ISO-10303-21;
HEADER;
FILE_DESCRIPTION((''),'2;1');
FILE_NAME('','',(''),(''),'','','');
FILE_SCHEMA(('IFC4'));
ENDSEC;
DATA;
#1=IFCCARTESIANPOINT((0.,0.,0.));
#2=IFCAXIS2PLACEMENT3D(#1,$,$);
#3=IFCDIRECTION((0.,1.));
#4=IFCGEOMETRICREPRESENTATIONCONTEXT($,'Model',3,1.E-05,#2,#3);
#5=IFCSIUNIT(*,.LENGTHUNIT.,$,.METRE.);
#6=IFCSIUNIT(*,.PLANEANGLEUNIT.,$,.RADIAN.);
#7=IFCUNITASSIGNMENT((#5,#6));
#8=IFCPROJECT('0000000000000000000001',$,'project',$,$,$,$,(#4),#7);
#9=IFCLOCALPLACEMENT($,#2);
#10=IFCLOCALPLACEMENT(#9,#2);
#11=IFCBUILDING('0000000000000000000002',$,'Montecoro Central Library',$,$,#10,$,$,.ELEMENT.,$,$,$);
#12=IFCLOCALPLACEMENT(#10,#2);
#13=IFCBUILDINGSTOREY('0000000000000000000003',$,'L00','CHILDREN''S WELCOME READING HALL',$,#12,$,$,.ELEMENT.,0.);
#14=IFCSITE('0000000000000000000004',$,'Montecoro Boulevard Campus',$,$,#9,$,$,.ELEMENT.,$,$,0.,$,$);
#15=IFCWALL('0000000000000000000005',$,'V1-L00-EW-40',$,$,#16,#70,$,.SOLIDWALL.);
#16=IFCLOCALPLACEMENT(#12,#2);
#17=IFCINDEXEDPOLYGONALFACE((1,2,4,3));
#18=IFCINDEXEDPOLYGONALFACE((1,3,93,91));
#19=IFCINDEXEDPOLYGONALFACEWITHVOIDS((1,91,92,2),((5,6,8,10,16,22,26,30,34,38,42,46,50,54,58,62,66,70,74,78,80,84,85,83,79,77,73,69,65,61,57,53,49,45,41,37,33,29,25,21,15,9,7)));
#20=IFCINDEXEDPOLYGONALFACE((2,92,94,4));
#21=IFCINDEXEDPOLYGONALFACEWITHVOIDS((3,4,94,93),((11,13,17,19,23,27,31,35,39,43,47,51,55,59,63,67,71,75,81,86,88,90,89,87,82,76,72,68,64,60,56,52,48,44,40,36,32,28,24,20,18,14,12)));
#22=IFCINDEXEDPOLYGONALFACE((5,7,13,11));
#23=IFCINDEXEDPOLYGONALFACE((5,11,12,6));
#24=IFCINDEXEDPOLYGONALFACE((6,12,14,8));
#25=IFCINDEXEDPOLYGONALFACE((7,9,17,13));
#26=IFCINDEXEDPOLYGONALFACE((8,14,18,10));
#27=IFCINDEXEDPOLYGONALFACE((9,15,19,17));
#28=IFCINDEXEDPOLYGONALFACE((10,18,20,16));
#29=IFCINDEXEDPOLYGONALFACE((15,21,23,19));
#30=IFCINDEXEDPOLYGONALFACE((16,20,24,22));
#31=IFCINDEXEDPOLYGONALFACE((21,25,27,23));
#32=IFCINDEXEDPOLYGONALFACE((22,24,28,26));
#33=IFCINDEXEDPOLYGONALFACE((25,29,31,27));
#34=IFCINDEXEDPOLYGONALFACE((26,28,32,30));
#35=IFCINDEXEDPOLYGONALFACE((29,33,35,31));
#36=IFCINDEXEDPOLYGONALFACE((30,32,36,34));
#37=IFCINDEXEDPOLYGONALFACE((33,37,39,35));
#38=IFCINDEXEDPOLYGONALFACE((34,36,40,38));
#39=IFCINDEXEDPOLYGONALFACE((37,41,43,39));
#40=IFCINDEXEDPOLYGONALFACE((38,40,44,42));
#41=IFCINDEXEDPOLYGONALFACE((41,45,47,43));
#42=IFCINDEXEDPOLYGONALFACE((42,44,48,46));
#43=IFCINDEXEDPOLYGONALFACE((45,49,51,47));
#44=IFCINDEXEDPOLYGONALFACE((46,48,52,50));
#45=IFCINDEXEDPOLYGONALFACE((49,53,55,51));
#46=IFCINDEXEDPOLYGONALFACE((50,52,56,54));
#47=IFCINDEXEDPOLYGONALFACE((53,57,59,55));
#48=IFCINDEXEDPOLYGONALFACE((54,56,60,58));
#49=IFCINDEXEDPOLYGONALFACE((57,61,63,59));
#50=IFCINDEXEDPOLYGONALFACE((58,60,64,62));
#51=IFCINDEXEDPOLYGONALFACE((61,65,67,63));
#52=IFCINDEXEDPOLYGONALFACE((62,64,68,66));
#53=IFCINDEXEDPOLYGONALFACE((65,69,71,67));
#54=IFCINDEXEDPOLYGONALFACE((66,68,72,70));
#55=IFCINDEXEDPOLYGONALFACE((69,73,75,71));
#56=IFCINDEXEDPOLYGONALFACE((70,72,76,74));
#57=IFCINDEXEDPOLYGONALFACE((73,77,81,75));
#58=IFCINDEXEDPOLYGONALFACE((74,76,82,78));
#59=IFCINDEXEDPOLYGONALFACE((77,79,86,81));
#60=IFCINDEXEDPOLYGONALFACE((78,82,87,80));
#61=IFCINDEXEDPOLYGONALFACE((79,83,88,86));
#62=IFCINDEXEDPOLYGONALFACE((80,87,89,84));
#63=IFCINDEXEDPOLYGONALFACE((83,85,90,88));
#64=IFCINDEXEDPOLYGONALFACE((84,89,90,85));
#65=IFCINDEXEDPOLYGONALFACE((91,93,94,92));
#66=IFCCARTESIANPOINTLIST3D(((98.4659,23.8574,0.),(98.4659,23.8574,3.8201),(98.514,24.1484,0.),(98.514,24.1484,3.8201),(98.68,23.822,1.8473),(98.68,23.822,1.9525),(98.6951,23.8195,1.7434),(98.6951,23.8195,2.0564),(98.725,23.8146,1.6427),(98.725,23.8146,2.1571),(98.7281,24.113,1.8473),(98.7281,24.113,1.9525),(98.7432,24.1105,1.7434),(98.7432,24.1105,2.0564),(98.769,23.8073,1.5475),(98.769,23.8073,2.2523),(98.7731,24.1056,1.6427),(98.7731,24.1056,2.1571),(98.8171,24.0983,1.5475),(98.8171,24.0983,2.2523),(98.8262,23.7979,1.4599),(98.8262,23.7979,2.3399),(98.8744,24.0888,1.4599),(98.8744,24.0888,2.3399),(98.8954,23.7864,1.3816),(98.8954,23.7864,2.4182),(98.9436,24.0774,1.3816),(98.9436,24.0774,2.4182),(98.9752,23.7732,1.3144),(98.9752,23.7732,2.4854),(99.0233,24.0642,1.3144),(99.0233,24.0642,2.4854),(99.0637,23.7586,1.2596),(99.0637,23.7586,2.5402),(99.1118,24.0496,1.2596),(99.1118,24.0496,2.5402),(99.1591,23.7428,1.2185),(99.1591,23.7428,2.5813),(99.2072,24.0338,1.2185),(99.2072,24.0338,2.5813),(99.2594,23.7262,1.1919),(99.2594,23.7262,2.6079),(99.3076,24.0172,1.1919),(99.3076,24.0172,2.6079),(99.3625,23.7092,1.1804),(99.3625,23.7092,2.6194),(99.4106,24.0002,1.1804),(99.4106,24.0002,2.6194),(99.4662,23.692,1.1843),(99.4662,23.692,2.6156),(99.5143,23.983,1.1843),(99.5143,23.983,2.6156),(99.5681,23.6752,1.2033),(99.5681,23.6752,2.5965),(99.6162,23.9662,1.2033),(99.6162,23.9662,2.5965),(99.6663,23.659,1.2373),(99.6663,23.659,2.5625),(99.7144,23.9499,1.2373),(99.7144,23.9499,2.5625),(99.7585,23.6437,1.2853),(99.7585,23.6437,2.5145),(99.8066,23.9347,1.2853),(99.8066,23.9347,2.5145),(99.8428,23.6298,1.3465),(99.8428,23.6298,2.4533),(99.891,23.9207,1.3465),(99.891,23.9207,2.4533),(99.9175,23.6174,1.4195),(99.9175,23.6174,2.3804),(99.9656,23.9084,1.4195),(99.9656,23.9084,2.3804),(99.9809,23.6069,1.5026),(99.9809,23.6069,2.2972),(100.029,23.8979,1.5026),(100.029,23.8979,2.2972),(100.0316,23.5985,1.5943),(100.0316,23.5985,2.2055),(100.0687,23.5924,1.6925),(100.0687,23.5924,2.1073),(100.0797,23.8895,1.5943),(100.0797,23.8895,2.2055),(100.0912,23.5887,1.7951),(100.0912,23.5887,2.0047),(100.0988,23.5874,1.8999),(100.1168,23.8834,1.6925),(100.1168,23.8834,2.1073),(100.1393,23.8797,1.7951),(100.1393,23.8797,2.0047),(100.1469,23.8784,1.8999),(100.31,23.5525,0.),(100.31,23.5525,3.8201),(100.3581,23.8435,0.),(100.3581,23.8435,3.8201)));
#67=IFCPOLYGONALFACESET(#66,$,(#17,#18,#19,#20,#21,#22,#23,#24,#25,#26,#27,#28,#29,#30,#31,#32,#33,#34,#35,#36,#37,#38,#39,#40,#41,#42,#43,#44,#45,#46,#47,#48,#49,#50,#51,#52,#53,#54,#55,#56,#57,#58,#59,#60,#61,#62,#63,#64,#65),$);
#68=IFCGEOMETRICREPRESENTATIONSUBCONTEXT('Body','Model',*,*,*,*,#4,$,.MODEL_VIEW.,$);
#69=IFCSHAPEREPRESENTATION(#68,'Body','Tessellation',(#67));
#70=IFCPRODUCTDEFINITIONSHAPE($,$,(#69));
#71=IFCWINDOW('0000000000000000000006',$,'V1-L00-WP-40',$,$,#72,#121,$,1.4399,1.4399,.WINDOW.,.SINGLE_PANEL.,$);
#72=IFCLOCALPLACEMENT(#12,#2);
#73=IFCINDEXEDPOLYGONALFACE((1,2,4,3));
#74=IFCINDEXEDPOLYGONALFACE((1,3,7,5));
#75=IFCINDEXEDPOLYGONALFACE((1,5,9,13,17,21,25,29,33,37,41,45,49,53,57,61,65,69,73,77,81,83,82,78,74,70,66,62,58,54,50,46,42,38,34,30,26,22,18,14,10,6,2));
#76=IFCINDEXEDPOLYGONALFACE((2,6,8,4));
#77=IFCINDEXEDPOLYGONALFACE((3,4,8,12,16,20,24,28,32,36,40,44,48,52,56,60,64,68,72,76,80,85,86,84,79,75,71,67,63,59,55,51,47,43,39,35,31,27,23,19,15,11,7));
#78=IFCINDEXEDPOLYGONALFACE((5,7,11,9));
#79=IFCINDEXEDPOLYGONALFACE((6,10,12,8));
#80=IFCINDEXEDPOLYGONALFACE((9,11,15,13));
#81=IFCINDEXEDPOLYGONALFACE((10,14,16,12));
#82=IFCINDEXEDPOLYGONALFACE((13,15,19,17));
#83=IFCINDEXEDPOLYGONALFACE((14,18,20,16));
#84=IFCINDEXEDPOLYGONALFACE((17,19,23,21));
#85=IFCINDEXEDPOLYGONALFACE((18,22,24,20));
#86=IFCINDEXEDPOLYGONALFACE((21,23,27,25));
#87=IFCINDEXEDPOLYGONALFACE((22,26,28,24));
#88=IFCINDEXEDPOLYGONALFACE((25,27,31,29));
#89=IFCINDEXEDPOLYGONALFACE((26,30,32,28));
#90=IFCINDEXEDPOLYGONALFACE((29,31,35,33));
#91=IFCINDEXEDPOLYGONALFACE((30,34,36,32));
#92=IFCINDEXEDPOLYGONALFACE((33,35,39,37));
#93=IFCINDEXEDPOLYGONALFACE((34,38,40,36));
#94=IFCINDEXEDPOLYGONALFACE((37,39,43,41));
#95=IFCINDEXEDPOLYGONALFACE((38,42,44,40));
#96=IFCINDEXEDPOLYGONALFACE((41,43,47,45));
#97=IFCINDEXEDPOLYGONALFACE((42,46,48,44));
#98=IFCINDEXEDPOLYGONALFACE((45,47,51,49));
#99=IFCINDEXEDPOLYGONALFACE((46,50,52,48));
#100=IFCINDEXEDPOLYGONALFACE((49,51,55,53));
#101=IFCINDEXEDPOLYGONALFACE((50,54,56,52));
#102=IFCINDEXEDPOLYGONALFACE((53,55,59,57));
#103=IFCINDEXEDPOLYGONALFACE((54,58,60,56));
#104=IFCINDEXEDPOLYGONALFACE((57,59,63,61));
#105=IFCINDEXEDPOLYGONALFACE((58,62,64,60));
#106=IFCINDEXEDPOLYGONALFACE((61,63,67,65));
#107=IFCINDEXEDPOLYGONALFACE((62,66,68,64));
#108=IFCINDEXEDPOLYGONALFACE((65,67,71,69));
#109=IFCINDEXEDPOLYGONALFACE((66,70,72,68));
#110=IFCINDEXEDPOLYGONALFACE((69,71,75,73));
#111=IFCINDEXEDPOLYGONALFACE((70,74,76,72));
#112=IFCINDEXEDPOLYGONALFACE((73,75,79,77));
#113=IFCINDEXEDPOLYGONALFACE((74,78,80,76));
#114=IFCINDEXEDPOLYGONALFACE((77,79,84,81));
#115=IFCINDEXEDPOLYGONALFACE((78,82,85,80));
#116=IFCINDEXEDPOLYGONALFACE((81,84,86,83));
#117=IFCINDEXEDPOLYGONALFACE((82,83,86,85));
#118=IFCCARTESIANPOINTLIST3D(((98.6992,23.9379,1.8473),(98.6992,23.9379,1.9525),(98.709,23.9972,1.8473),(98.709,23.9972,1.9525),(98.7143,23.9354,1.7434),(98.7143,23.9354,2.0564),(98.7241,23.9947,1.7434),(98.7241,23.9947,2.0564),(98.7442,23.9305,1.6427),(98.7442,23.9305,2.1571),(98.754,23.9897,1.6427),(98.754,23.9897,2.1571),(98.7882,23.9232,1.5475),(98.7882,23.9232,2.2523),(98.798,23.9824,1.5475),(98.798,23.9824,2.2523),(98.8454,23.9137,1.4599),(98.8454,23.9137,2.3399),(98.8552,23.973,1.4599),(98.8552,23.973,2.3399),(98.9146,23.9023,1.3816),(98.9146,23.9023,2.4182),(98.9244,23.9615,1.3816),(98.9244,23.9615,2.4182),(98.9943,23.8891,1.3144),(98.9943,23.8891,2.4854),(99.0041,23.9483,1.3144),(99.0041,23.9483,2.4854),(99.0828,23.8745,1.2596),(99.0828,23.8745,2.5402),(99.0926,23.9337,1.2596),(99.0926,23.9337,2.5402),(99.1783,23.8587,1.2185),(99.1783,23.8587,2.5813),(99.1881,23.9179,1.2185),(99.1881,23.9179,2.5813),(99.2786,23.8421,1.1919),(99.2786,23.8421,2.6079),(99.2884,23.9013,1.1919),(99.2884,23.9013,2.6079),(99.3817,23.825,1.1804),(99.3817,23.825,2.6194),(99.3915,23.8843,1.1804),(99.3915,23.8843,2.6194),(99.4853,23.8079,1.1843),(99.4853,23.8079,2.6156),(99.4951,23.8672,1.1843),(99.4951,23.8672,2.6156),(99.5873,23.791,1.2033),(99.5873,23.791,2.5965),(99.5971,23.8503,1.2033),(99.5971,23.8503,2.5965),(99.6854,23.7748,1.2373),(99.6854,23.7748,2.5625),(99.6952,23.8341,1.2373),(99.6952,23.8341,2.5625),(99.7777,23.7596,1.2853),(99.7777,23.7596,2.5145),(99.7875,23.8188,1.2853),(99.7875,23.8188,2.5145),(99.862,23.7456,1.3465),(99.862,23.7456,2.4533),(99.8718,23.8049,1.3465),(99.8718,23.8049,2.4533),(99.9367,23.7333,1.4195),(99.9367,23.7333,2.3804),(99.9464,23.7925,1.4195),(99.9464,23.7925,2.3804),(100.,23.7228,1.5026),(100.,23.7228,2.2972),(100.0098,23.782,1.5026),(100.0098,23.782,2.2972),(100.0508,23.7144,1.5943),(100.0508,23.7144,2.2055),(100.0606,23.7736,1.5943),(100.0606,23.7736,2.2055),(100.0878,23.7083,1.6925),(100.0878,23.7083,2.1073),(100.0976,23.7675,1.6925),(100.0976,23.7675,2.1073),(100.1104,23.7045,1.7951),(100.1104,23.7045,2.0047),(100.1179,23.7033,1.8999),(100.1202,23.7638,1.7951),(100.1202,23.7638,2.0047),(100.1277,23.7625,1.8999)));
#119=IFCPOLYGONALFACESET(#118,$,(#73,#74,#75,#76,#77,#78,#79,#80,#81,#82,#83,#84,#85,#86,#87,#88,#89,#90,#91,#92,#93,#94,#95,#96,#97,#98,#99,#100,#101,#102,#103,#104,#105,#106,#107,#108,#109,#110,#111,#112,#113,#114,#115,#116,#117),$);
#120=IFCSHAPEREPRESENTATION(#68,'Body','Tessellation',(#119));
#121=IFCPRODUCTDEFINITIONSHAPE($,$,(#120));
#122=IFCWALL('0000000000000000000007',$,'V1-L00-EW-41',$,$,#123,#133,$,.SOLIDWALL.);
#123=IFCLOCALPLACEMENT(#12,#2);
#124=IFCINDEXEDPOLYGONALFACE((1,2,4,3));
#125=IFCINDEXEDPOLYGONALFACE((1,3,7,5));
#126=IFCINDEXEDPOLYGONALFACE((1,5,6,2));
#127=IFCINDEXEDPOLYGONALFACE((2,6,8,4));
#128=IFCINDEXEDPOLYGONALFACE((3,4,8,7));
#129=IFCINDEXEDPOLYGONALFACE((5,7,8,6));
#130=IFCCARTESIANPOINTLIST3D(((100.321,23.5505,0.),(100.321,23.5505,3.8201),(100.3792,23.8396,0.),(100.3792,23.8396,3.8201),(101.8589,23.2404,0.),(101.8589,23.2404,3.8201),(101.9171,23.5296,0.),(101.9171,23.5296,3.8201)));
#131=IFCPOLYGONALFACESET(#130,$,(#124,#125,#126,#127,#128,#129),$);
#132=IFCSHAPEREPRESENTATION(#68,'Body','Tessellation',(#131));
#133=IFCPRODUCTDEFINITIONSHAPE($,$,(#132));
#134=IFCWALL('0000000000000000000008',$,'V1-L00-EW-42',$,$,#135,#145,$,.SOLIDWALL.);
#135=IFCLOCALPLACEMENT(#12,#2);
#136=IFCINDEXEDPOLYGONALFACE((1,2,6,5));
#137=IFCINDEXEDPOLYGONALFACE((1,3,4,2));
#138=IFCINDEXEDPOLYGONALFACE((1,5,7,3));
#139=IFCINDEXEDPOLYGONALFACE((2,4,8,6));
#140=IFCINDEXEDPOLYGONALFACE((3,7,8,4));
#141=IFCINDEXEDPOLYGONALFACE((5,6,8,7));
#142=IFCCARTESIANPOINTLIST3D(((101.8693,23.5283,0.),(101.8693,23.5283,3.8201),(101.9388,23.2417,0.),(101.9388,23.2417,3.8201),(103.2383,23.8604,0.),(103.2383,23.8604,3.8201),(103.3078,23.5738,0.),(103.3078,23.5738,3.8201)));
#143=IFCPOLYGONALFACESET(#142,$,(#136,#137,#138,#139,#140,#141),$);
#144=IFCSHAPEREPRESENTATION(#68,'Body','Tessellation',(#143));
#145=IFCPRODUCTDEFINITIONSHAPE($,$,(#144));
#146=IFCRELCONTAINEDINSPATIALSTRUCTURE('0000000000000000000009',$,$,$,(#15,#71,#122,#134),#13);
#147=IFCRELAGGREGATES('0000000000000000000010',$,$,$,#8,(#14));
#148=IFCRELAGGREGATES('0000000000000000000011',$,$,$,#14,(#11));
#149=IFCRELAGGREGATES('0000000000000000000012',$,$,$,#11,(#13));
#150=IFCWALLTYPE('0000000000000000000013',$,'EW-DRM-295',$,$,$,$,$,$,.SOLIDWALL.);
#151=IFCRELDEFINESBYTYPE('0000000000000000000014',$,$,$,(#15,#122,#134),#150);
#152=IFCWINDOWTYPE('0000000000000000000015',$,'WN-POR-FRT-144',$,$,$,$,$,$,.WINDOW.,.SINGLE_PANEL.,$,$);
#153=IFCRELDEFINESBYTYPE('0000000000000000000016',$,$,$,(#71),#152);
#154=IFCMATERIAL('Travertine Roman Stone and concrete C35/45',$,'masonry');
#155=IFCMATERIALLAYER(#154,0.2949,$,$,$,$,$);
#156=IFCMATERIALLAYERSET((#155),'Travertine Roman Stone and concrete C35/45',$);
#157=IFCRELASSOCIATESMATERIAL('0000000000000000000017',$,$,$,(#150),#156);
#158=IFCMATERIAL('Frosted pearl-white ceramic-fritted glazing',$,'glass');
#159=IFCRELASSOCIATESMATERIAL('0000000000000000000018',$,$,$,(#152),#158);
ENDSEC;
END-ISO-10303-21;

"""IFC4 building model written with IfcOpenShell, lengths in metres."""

from ifc_helpers import new_model, si_unit, direction, frame, frame_2d, origin, place, context, subcontext, project, spatial, rectangle, circle, extrude, material, layer, layer_set, type_object, element, fill, save


model = new_model("IFC4")

# Units and contexts
model_context = context("Model", 3, precision=1e-05, world=origin(), true_north=direction((0.0, 1.0)))
body_context = subcontext(model_context, "Body", "Model", "MODEL_VIEW")
ifc_project = project(units=[si_unit("LENGTHUNIT", "METRE"), si_unit("PLANEANGLEUNIT", "RADIAN")], contexts=[model_context])

# Site, building, storey
site_placement = place(None, origin())
site = spatial("IfcSite", under=ifc_project, at=site_placement, Name="Montecoro Boulevard Campus", CompositionType="ELEMENT", RefElevation=0.0)
building_placement = place(site_placement, origin())
building = spatial("IfcBuilding", under=site, at=building_placement, Name="Montecoro Central Library", CompositionType="ELEMENT")
storey_placement = place(building_placement, origin())
storey = spatial("IfcBuildingStorey", under=building, at=storey_placement, Name="L00", Description="CHILDREN'S WELCOME READING HALL", CompositionType="ELEMENT", Elevation=0.0)

# Wall, opening, window
ifc_material_1 = material(Name="Travertine Roman Stone and concrete C35/45", Category="masonry")
ifc_layer_1 = layer(ifc_material_1, 0.2949)
ifc_layer_set_1 = layer_set([ifc_layer_1], Name="Travertine Roman Stone and concrete C35/45")
wall_type = type_object("IfcWallType", Name="EW-DRM-295", PredefinedType="SOLIDWALL", material=ifc_layer_set_1)
ifc_material_2 = material(Name="Frosted pearl-white ceramic-fritted glazing", Category="glass")
window_type_1 = type_object("IfcWindowType", Name="WN-POR-FRT-144", PartitioningType="SINGLE_PANEL", PredefinedType="WINDOW", material=ifc_material_2)
wall_1_placement = place(storey_placement, frame((98.49, 24.0029, 0.0), z_axis=(0.0, 0.0, 1.0), x_axis=(0.986601, -0.163149, 0.0)))
wall_1 = element("IfcWall", 1, at=wall_1_placement, inside=storey, type_object=wall_type, Name="V1-L00-EW-40", PredefinedType="SOLIDWALL", context=body_context, shape_type="SweptSolid", body=[
    extrude(rectangle(XDim=1.8691, YDim=0.2949, at=frame_2d((0.9346, 0.0))), origin(), (0.0, 0.0, 1.0), 3.8201),
])
opening_1_placement = place(wall_1_placement, frame((0.2151, 0.0, 1.1799)))
opening_1 = element("IfcOpeningElement", 2, at=opening_1_placement, cuts=wall_1, PredefinedType="OPENING", context=body_context, shape_type="SweptSolid", body=[
    extrude(circle(Radius=0.72, at=frame_2d((0.72, 0.72))), frame((0.0, 0.1575, 0.0), z_axis=(0.0, -1.0, 0.0), x_axis=(1.0, 0.0, 0.0)), (0.0, 0.0, 1.0), 0.3149),
])
window_1_placement = place(opening_1_placement, origin())
window_1 = element("IfcWindow", 3, at=window_1_placement, inside=storey, type_object=window_type_1, Name="V1-L00-WP-40", OverallHeight=1.4399, OverallWidth=1.4399, PartitioningType="SINGLE_PANEL", PredefinedType="WINDOW", context=body_context, shape_type="SweptSolid", body=[
    extrude(circle(Radius=0.72, at=frame_2d((0.72, 0.72))), frame((0.0, 0.03, 0.0), z_axis=(0.0, -1.0, 0.0), x_axis=(1.0, 0.0, 0.0)), (0.0, 0.0, 1.0), 0.0601),
])
fill(opening_1, window_1)

# Walls
wall_2_placement = place(storey_placement, frame((100.3501, 23.6951, 0.0), z_axis=(0.0, 0.0, 1.0), x_axis=(0.980274, -0.197642, 0.0)))
element("IfcWall", 4, at=wall_2_placement, inside=storey, type_object=wall_type, Name="V1-L00-EW-41", PredefinedType="SOLIDWALL", context=body_context, shape_type="SweptSolid", body=[
    extrude(rectangle(XDim=1.5688, YDim=0.2949, at=frame_2d((0.7844, 0.0))), origin(), (0.0, 0.0, 1.0), 3.8201),
])
wall_3_placement = place(storey_placement, frame((101.9041, 23.385, 0.0), z_axis=(0.0, 0.0, 1.0), x_axis=(0.971821, 0.235719, 0.0)))
element("IfcWall", 5, at=wall_3_placement, inside=storey, type_object=wall_type, Name="V1-L00-EW-42", PredefinedType="SOLIDWALL", context=body_context, shape_type="SweptSolid", body=[
    extrude(rectangle(XDim=1.4087, YDim=0.2949, at=frame_2d((0.7043, 0.0))), origin(), (0.0, 0.0, 1.0), 3.8201),
])

save(model, "model.ifc")
